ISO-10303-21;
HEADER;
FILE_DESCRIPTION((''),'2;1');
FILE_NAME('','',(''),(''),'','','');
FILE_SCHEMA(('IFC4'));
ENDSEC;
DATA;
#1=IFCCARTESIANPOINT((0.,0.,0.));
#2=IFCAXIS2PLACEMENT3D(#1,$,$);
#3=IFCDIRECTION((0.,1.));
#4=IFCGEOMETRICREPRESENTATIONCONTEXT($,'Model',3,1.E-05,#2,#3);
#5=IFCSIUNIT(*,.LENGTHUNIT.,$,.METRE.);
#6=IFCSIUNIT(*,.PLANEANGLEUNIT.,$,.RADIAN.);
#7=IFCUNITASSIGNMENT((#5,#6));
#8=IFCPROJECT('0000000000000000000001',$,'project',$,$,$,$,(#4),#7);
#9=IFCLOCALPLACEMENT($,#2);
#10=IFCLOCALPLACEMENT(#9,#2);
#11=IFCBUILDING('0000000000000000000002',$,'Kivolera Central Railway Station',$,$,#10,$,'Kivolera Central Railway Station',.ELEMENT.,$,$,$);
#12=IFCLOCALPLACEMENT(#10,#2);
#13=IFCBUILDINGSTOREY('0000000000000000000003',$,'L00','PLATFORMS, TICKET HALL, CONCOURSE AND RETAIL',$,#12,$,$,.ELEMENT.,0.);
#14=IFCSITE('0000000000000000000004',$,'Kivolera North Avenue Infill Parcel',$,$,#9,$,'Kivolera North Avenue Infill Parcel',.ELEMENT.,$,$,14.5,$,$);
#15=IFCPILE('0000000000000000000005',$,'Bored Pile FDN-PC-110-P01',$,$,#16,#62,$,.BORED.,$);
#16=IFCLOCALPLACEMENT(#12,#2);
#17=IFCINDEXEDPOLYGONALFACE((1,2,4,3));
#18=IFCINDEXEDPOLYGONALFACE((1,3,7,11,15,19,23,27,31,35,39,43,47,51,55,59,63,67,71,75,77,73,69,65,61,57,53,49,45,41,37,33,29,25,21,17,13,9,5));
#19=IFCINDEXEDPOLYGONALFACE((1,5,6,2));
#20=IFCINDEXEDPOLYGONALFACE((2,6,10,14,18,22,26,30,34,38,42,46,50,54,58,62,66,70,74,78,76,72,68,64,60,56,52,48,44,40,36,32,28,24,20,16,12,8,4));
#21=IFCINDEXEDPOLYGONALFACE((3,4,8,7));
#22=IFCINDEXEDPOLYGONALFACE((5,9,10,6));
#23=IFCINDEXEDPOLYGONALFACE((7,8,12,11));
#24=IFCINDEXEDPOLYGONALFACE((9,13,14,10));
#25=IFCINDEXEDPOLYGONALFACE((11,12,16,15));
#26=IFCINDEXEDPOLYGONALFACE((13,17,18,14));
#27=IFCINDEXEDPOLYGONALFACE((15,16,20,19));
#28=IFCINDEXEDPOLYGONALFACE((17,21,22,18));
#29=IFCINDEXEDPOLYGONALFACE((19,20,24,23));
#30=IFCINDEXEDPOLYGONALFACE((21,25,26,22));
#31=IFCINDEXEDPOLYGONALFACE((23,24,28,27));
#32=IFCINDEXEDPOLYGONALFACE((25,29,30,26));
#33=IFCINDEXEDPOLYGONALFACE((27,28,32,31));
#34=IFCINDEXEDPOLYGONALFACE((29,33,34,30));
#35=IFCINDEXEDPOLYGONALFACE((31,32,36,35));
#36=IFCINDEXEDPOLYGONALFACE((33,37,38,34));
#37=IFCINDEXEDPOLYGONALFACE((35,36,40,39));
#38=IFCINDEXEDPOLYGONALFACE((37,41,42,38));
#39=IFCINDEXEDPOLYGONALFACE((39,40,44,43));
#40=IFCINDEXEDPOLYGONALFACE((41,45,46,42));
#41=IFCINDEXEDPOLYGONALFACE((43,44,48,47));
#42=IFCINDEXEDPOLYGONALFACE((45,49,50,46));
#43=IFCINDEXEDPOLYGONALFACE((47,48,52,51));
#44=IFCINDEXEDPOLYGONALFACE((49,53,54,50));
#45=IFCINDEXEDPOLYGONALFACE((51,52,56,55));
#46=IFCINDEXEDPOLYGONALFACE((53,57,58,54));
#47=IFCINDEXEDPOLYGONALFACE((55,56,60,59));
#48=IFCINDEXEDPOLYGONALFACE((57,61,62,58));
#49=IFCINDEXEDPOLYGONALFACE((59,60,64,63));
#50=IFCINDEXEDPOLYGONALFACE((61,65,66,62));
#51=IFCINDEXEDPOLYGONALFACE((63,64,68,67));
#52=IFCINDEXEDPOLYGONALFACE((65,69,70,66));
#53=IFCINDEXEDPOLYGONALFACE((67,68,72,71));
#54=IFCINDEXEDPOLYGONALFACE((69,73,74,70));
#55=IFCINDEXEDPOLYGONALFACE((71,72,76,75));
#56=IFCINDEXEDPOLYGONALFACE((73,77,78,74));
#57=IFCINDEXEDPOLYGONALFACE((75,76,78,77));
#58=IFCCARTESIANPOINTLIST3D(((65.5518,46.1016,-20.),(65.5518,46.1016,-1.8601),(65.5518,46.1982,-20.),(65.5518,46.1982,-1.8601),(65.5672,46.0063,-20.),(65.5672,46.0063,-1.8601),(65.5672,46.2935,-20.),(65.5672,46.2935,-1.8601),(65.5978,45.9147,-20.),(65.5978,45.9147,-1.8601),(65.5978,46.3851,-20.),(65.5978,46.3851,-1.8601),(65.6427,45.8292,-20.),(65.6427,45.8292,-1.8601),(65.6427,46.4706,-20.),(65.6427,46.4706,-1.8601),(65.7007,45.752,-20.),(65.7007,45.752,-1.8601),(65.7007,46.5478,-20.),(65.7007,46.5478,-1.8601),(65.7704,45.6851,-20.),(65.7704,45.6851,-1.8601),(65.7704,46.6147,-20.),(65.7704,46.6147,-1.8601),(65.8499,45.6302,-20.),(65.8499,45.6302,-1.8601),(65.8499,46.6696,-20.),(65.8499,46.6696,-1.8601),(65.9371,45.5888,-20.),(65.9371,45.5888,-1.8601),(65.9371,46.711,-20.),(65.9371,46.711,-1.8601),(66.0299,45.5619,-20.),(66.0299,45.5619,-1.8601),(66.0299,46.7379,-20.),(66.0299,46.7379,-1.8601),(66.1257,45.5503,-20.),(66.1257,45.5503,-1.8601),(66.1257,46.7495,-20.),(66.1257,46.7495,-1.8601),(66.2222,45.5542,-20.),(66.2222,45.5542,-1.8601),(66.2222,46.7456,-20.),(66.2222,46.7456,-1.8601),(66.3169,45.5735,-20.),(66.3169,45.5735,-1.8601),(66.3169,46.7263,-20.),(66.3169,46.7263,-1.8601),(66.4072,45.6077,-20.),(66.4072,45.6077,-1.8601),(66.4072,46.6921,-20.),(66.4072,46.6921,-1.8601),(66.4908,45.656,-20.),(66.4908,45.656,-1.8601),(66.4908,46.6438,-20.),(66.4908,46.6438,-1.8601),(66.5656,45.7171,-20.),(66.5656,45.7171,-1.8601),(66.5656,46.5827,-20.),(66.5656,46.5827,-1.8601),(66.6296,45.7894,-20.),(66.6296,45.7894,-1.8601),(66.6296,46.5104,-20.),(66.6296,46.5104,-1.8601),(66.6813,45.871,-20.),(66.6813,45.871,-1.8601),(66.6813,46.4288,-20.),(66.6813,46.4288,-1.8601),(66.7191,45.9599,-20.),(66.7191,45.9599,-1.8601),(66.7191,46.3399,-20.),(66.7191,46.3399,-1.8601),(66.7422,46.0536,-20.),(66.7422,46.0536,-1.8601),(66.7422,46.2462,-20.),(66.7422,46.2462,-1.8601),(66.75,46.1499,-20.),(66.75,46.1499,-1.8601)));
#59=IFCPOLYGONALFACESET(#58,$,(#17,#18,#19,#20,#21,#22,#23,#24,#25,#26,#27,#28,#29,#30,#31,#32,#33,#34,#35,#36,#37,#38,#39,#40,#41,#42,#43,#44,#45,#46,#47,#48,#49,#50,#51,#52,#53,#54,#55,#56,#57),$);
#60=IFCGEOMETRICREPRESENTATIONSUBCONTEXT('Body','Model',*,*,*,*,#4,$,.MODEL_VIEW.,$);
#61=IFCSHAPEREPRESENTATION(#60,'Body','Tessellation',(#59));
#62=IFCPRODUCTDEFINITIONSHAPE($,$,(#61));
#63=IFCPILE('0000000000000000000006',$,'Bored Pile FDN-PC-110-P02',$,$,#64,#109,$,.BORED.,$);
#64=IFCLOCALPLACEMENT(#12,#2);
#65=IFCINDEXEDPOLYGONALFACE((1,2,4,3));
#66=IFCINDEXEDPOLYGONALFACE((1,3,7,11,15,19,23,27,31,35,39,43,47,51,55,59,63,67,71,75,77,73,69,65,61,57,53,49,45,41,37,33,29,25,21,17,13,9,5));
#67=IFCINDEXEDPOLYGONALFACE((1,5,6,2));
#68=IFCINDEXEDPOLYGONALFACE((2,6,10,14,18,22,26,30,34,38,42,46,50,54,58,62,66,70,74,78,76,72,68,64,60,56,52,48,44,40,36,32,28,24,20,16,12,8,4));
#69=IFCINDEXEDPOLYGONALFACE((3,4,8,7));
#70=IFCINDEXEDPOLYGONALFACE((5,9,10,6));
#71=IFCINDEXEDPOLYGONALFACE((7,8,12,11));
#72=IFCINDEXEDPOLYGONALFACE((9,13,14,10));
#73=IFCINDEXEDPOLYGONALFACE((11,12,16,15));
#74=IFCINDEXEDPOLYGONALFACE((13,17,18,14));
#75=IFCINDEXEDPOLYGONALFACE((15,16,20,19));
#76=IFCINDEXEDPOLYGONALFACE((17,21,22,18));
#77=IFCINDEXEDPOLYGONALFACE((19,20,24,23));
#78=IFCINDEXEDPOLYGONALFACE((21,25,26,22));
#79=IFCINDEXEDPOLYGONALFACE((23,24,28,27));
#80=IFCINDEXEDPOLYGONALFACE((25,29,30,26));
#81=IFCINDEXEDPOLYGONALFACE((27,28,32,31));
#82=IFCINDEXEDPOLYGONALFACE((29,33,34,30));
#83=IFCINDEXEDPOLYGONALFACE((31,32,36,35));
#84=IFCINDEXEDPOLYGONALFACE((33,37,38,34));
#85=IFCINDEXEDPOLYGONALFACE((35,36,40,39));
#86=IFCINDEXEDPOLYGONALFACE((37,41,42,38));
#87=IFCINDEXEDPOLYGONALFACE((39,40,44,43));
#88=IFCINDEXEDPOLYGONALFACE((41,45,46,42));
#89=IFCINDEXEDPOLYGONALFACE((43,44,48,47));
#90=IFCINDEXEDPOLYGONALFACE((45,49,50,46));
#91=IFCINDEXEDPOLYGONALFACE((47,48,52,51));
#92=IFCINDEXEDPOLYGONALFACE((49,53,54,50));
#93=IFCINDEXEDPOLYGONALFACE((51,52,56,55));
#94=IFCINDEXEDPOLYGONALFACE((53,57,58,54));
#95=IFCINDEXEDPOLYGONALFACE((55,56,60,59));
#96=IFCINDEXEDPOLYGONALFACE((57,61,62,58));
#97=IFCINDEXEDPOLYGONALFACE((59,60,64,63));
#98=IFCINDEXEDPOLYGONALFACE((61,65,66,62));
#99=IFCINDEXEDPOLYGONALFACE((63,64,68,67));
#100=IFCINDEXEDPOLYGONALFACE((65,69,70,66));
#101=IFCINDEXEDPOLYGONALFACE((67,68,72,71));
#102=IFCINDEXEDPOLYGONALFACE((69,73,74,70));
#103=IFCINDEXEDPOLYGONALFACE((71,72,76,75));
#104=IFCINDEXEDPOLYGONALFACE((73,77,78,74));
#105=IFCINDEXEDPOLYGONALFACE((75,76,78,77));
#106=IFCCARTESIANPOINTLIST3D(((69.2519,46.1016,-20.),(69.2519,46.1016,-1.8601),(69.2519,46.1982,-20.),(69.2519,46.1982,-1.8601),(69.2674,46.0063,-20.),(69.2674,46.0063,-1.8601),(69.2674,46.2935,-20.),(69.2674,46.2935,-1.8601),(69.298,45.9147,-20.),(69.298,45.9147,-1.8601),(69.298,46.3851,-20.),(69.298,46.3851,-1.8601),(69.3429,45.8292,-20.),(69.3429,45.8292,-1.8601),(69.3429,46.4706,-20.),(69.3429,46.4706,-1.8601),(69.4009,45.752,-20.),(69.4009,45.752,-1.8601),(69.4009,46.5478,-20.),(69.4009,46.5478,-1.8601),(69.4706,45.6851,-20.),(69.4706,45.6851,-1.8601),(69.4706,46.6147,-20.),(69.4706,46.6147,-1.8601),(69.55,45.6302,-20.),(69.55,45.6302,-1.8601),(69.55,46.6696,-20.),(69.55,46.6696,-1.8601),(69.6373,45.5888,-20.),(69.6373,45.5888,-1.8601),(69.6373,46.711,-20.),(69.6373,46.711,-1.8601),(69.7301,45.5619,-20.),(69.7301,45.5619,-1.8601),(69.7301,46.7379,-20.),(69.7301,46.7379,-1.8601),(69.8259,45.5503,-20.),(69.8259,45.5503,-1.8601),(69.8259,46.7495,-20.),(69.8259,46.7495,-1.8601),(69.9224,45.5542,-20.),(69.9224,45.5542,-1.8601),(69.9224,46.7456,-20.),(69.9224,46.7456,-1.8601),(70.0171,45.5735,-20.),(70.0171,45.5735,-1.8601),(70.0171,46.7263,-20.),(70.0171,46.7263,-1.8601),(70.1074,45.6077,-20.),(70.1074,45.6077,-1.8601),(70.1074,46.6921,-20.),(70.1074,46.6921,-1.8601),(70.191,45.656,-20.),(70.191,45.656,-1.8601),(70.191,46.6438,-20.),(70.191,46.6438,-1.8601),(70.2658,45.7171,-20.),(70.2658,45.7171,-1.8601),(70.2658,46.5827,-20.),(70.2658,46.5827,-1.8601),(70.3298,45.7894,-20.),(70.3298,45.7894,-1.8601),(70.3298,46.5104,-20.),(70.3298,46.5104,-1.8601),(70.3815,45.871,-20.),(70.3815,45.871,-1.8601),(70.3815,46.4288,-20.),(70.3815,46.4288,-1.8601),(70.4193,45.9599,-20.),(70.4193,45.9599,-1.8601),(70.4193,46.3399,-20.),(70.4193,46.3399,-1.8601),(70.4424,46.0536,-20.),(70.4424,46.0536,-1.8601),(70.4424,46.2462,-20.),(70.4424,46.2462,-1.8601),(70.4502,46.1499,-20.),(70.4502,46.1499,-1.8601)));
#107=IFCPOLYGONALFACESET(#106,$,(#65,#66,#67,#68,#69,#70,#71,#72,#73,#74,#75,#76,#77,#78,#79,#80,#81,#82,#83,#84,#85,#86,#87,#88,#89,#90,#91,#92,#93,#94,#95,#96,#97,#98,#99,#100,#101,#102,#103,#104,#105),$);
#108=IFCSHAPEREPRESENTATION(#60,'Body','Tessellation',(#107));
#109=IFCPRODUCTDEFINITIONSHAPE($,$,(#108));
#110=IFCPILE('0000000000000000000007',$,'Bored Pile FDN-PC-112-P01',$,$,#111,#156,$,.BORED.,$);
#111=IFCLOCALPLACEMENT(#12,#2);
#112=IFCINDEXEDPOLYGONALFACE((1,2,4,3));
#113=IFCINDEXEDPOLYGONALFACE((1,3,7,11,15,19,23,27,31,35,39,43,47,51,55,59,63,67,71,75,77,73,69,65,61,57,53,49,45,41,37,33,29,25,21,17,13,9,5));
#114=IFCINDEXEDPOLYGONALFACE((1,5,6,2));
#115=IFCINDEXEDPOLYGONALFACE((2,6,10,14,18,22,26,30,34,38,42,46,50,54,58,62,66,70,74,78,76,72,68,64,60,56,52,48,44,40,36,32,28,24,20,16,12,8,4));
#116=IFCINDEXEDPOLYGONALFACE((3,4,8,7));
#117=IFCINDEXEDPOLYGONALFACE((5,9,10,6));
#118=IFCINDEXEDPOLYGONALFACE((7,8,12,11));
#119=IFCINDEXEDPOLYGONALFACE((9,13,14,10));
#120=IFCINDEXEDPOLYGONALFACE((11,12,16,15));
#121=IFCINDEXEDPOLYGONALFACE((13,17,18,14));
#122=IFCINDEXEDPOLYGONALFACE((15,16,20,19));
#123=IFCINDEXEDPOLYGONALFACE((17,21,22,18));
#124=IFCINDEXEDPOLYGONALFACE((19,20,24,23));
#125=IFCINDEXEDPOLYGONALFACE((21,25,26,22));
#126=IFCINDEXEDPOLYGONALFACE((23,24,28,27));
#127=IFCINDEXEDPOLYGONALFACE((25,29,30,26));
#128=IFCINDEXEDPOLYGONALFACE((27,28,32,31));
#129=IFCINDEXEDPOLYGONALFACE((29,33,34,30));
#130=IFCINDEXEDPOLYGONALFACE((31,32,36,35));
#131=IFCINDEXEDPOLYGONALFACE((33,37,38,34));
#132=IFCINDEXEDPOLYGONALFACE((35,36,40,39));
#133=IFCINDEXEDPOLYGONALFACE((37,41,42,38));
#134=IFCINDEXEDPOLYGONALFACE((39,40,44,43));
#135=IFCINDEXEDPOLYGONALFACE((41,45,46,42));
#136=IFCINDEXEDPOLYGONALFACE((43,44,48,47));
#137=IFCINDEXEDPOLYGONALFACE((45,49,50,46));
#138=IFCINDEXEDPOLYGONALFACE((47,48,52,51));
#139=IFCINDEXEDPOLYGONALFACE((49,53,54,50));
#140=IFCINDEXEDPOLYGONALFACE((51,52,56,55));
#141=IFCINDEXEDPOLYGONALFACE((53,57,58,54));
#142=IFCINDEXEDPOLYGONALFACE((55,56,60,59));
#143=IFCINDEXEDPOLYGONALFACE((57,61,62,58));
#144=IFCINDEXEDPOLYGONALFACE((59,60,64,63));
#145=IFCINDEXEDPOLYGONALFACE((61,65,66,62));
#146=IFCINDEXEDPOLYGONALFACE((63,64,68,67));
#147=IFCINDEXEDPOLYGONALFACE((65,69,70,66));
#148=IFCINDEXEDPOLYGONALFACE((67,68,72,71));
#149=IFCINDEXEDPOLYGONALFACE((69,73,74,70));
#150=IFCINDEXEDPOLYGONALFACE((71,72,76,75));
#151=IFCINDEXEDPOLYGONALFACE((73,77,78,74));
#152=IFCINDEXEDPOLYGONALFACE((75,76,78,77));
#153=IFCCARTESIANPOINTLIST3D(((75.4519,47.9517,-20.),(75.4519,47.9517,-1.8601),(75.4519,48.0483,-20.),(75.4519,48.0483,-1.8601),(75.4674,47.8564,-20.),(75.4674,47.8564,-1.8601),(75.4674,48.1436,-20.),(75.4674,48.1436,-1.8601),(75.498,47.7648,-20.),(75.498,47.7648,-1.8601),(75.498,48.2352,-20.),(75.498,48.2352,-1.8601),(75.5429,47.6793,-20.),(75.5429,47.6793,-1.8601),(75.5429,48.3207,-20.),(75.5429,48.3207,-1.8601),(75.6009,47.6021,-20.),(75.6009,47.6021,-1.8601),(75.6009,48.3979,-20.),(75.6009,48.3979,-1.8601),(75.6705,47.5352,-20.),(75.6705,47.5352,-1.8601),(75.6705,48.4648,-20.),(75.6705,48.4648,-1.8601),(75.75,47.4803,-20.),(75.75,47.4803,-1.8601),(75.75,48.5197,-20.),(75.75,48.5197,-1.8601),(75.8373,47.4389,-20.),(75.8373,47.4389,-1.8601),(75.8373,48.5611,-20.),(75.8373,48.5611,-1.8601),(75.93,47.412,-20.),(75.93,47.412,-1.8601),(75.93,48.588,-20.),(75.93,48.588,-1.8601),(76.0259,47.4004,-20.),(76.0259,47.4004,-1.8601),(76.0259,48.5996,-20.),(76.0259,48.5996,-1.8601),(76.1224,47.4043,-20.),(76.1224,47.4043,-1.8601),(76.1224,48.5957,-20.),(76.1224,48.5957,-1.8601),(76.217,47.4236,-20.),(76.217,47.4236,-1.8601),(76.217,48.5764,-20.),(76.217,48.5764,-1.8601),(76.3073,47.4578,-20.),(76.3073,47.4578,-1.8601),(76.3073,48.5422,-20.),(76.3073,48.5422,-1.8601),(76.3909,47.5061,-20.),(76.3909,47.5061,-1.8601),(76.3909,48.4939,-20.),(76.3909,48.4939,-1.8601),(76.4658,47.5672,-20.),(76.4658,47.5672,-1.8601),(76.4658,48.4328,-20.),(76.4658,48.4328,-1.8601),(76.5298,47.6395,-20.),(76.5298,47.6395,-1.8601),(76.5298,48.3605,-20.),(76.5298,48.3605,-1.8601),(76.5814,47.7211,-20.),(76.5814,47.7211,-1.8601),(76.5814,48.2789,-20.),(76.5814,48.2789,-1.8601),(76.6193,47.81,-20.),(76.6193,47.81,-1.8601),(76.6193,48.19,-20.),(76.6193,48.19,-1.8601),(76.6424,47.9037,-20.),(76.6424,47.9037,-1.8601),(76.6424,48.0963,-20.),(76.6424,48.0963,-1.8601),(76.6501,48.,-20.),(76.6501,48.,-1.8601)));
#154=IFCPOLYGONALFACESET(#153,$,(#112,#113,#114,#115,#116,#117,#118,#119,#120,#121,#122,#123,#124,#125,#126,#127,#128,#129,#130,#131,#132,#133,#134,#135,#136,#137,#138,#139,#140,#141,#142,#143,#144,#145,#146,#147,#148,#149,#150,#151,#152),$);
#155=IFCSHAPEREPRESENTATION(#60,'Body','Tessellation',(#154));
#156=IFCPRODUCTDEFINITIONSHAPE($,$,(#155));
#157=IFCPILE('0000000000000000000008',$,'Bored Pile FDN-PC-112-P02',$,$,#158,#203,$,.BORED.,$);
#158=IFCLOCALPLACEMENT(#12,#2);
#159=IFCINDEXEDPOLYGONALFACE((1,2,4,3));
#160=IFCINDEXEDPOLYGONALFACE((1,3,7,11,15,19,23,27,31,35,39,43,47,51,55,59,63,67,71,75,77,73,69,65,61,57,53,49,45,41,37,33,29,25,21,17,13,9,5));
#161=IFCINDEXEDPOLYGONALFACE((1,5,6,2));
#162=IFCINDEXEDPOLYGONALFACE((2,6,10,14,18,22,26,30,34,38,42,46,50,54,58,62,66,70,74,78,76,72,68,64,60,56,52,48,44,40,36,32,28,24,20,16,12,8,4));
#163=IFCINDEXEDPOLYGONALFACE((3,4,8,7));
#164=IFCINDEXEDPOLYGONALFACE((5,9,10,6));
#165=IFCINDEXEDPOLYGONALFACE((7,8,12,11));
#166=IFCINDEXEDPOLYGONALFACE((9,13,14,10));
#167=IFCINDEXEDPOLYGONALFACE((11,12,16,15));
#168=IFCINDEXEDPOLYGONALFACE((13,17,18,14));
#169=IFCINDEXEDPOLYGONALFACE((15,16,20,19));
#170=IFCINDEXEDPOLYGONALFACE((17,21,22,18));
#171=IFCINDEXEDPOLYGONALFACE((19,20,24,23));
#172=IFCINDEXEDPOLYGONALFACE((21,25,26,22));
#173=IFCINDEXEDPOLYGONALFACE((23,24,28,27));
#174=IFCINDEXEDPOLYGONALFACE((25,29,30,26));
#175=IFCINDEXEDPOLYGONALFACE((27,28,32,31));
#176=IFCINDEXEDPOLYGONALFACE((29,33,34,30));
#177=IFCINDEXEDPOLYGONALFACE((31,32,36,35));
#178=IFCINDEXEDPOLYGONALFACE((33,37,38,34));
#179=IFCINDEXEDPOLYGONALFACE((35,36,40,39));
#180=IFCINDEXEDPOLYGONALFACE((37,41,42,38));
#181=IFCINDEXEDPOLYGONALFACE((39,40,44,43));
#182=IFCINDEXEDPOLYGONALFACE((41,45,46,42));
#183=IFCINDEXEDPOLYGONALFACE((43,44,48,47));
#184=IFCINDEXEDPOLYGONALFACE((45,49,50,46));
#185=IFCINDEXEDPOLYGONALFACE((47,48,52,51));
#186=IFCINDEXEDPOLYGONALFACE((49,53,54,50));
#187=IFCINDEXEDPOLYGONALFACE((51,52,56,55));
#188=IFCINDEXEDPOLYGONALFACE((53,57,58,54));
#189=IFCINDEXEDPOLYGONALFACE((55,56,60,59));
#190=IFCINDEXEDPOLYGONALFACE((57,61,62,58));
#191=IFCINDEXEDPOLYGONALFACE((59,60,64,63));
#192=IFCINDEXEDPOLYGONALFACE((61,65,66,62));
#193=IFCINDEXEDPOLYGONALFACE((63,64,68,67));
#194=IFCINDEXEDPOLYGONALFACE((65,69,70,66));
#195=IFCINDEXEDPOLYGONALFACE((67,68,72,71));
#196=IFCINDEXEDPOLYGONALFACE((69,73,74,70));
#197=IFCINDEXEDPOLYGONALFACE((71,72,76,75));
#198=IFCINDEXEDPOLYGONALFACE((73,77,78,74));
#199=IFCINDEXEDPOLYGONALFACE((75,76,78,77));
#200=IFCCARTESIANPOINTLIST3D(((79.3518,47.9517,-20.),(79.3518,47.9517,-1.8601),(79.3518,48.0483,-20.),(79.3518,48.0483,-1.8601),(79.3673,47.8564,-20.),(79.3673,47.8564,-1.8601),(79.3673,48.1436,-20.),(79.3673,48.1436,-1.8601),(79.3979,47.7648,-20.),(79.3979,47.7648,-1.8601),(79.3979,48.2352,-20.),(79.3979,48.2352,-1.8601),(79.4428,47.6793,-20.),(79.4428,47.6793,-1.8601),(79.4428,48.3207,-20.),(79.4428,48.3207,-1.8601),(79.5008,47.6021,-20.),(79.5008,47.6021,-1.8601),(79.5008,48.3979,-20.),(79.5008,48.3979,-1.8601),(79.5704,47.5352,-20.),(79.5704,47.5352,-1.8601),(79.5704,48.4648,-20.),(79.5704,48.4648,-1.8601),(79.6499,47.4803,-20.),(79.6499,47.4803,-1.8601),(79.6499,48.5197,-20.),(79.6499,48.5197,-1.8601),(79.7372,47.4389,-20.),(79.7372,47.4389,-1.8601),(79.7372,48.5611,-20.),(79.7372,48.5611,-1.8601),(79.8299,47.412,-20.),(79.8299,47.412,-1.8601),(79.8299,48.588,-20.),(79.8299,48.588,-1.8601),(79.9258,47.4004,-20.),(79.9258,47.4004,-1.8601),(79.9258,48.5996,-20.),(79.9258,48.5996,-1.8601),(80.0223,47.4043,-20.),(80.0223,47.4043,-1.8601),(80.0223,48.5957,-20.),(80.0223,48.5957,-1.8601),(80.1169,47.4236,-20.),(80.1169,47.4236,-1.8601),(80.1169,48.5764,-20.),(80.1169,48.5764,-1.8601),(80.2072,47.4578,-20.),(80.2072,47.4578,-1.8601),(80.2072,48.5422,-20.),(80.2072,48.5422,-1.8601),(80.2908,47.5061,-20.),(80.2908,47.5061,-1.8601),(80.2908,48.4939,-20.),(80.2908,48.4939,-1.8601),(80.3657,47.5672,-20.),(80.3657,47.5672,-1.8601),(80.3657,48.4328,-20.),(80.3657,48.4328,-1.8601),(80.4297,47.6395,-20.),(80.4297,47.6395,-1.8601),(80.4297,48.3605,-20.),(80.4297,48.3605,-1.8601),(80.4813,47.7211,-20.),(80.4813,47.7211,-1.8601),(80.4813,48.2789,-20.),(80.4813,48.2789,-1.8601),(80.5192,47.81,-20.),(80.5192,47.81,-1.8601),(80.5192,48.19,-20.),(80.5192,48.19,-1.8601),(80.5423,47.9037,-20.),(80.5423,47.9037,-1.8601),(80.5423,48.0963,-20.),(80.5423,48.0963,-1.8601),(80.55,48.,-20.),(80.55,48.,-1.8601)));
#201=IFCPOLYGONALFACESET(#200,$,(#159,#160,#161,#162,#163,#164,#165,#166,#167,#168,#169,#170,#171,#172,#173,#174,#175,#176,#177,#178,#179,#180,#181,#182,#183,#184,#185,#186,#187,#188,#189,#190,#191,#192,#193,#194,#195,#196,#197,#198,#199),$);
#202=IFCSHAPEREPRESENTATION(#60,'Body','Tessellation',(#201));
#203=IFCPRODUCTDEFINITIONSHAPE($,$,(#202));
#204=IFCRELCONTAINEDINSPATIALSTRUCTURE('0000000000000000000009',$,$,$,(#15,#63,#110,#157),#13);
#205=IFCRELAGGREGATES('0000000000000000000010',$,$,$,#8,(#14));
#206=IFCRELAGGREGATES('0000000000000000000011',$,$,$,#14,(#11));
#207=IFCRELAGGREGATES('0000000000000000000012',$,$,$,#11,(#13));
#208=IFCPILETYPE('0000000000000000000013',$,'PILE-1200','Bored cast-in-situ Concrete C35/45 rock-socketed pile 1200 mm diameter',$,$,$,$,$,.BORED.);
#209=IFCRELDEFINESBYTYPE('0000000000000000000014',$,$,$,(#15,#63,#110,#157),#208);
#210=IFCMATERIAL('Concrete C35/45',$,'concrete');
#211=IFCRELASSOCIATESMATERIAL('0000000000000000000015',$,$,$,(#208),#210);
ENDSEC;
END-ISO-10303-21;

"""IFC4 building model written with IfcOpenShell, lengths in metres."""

from ifc_helpers import new_model, si_unit, direction, frame, origin, origin_2d, place, context, subcontext, project, spatial, circle, extrude, material, material_profile, profile_set, type_object, element, save


model = new_model("IFC4")

# Units and contexts
model_context = context("Model", 3, precision=1e-05, world=origin(), true_north=direction((0.0, 1.0)))
body_context = subcontext(model_context, "Body", "Model", "MODEL_VIEW")
ifc_project = project(units=[si_unit("LENGTHUNIT", "METRE"), si_unit("PLANEANGLEUNIT", "RADIAN")], contexts=[model_context])

# Site, building, storey
site_placement = place(None, origin())
site = spatial("IfcSite", under=ifc_project, at=site_placement, Name="Kivolera North Avenue Infill Parcel", LongName="Kivolera North Avenue Infill Parcel", CompositionType="ELEMENT", RefElevation=14.5)
building_placement = place(site_placement, origin())
building = spatial("IfcBuilding", under=site, at=building_placement, Name="Kivolera Central Railway Station", LongName="Kivolera Central Railway Station", CompositionType="ELEMENT")
storey_placement = place(building_placement, origin())
storey = spatial("IfcBuildingStorey", under=building, at=storey_placement, Name="L00", Description="PLATFORMS, TICKET HALL, CONCOURSE AND RETAIL", CompositionType="ELEMENT", Elevation=0.0)

# Shared definitions
ifc_material_1 = material(Name="Concrete C35/45", Category="concrete")

# Piles
ifc_material_profile_1 = material_profile(ifc_material_1, circle(Radius=0.6001, at=origin_2d()), Name="PILE D1200")
ifc_profile_set_1 = profile_set([ifc_material_profile_1], Name="Concrete C35/45")
pile_type = type_object("IfcPileType", Name="PILE-1200", Description="Bored cast-in-situ Concrete C35/45 rock-socketed pile 1200 mm diameter", PredefinedType="BORED", material=ifc_profile_set_1)
for number, where, z_axis, x_axis, name in (
    (1, (66.1499, 46.1499, -1.8601), (0.0, 0.0, -1.0), (1.0, 0.0, 0.0), "Bored Pile FDN-PC-110-P01"),
    (2, (69.8501, 46.1499, -1.8601), (0.0, 0.0, -1.0), (1.0, 0.0, 0.0), "Bored Pile FDN-PC-110-P02"),
    (3, (76.05, 48.0, -1.8601), (0.0, 0.0, -1.0), (1.0, 0.0, 0.0), "Bored Pile FDN-PC-112-P01"),
    (4, (79.95, 48.0, -1.8601), (0.0, 0.0, -1.0), (1.0, 0.0, 0.0), "Bored Pile FDN-PC-112-P02"),
):
    element("IfcPile", number, at=place(storey_placement, frame(where, z_axis=z_axis, x_axis=x_axis)), inside=storey, type_object=pile_type, Name=name, PredefinedType="BORED", context=body_context, shape_type="SweptSolid", body=[
        extrude(circle(Radius=0.6001, at=origin_2d()), origin(), (0.0, 0.0, 1.0), 18.1399),
    ])

save(model, "model.ifc")
